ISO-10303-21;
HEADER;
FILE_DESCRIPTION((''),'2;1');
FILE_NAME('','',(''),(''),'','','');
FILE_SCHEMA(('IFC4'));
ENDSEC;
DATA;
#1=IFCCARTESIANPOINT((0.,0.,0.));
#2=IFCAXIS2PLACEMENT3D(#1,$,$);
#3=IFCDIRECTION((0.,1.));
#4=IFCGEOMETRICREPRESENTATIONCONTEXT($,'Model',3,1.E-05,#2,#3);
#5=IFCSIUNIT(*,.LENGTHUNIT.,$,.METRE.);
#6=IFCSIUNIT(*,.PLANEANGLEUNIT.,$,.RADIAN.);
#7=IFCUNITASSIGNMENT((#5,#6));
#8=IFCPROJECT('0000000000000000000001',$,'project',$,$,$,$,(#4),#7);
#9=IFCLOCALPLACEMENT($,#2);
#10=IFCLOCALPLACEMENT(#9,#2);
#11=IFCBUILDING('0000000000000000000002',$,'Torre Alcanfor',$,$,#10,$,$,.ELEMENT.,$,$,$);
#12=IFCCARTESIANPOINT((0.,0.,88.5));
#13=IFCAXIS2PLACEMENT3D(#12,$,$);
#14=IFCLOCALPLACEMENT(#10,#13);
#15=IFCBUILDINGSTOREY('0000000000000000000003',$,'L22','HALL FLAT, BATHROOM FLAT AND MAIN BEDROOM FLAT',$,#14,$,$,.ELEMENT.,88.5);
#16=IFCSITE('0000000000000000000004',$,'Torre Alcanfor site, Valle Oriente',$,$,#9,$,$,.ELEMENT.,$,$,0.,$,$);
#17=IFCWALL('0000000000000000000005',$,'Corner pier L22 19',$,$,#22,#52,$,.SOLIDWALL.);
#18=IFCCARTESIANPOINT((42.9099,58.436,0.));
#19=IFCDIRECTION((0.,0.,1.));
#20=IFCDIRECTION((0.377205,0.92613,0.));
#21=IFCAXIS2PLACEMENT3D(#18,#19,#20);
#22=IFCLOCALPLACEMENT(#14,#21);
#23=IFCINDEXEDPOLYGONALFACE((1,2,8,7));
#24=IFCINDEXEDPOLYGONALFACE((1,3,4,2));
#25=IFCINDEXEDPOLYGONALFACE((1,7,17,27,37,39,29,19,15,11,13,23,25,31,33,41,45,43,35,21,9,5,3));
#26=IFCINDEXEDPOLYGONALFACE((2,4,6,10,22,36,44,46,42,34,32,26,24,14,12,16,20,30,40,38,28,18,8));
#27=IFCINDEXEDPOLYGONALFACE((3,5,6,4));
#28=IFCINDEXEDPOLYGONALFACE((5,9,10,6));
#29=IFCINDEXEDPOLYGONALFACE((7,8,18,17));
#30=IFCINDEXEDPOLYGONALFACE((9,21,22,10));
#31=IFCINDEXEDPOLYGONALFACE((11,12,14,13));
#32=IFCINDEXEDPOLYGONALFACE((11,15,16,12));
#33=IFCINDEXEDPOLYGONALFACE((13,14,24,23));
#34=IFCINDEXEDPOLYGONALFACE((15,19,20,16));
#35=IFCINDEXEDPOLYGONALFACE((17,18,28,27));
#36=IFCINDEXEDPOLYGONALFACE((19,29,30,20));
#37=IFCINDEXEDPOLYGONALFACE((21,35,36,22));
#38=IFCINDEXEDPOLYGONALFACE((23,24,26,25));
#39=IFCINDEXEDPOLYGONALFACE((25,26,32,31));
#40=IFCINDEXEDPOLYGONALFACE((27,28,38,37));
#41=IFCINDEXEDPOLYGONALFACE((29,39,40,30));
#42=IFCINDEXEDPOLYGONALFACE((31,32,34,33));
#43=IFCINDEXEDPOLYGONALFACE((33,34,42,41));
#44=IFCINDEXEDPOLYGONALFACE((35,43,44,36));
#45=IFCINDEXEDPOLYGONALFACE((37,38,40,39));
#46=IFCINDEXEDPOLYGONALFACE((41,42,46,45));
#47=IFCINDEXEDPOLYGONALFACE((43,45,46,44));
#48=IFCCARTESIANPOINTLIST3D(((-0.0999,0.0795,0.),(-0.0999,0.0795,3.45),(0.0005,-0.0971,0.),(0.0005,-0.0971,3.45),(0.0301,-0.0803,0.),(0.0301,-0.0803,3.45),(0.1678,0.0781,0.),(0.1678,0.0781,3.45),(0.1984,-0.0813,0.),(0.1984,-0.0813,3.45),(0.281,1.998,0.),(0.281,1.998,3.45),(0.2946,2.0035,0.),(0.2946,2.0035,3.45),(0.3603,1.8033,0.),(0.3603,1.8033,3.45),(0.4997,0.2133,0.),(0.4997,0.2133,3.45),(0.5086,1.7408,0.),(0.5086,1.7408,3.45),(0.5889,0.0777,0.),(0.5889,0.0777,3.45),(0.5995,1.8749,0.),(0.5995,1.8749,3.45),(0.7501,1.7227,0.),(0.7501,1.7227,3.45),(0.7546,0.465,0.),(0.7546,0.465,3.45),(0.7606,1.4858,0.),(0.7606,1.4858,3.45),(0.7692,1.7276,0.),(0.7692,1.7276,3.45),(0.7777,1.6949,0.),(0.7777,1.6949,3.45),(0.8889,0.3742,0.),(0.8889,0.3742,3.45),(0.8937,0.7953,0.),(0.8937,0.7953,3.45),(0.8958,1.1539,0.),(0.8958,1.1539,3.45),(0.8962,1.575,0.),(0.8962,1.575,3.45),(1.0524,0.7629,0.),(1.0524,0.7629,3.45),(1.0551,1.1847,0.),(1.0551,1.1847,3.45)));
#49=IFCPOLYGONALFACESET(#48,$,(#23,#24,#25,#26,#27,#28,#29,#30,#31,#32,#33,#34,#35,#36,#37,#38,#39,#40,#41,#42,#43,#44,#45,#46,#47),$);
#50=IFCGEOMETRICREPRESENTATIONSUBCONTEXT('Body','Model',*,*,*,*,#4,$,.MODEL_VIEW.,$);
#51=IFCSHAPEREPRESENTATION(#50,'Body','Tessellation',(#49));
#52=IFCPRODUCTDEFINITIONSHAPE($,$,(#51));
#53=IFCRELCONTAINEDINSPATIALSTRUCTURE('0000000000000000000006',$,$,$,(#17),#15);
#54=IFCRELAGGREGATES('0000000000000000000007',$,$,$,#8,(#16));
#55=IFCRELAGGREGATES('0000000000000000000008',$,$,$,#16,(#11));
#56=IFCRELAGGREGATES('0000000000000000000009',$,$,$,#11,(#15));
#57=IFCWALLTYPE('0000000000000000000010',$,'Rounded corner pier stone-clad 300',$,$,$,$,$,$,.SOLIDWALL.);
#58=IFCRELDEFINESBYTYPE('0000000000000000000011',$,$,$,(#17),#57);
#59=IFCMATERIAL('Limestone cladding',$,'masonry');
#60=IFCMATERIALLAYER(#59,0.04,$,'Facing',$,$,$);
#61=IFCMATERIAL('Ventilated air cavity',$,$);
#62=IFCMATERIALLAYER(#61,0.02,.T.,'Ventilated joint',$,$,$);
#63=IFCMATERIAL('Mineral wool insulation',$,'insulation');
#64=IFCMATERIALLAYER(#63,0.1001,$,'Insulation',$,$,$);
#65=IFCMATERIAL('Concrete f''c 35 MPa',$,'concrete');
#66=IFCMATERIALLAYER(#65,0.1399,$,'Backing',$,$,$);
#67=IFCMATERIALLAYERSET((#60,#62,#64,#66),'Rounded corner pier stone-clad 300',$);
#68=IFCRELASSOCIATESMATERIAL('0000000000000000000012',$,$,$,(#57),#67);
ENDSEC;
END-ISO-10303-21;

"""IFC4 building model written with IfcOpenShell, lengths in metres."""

from ifc_helpers import new_model, si_unit, direction, frame, origin, place, context, subcontext, project, spatial, polyline, outline, extrude, material, layer, layer_set, type_object, element, save


model = new_model("IFC4")

# Units and contexts
model_context = context("Model", 3, precision=1e-05, world=origin(), true_north=direction((0.0, 1.0)))
body_context = subcontext(model_context, "Body", "Model", "MODEL_VIEW")
ifc_project = project(units=[si_unit("LENGTHUNIT", "METRE"), si_unit("PLANEANGLEUNIT", "RADIAN")], contexts=[model_context])

# Site, building, storey
site_placement = place(None, origin())
site = spatial("IfcSite", under=ifc_project, at=site_placement, Name="Torre Alcanfor site, Valle Oriente", CompositionType="ELEMENT", RefElevation=0.0)
building_placement = place(site_placement, origin())
building = spatial("IfcBuilding", under=site, at=building_placement, Name="Torre Alcanfor", CompositionType="ELEMENT")
storey_placement = place(building_placement, frame((0.0, 0.0, 88.5)))
storey = spatial("IfcBuildingStorey", under=building, at=storey_placement, Name="L22", Description="HALL FLAT, BATHROOM FLAT AND MAIN BEDROOM FLAT", CompositionType="ELEMENT", Elevation=88.5)

# Shared definitions
ifc_material_1 = material(Name="Limestone cladding", Category="masonry")
ifc_material_2 = material(Name="Ventilated air cavity")
ifc_material_3 = material(Name="Mineral wool insulation", Category="insulation")
ifc_material_4 = material(Name="Concrete f'c 35 MPa", Category="concrete")

# Wall
ifc_layer_1 = layer(ifc_material_1, 0.04, Name="Facing")
ifc_layer_2 = layer(ifc_material_2, 0.02, ventilated=True, Name="Ventilated joint")
ifc_layer_3 = layer(ifc_material_3, 0.1001, Name="Insulation")
ifc_layer_4 = layer(ifc_material_4, 0.1399, Name="Backing")
ifc_layer_set_1 = layer_set([ifc_layer_1, ifc_layer_2, ifc_layer_3, ifc_layer_4], Name="Rounded corner pier stone-clad 300")
wall_type_1 = type_object("IfcWallType", Name="Rounded corner pier stone-clad 300", PredefinedType="SOLIDWALL", material=ifc_layer_set_1)
wall_1_placement = place(storey_placement, frame((42.9099, 58.436, 0.0), z_axis=(0.0, 0.0, 1.0), x_axis=(0.377205, 0.92613, 0.0)))
element("IfcWall", 1, at=wall_1_placement, inside=storey, type_object=wall_type_1, Name="Corner pier L22 19", PredefinedType="SOLIDWALL", context=body_context, shape_type="SweptSolid", body=[
    extrude(outline(polyline([(0.7692, 1.7276), (0.7501, 1.7227), (0.5995, 1.8749), (0.2946, 2.0035), (0.281, 1.998), (0.3603, 1.8033), (0.5086, 1.7408), (0.7606, 1.4858), (0.8958, 1.1539), (0.8937, 0.7953), (0.7546, 0.465), (0.4997, 0.2133), (0.1678, 0.0781), (-0.0999, 0.0795), (0.0005, -0.0971), (0.0301, -0.0803), (0.1984, -0.0813), (0.5889, 0.0777), (0.8889, 0.3742), (1.0524, 0.7629), (1.0551, 1.1847), (0.8962, 1.575), (0.7777, 1.6949), (0.7692, 1.7276)])), origin(), (0.0, 0.0, 1.0), 3.45),
])

save(model, "model.ifc")
